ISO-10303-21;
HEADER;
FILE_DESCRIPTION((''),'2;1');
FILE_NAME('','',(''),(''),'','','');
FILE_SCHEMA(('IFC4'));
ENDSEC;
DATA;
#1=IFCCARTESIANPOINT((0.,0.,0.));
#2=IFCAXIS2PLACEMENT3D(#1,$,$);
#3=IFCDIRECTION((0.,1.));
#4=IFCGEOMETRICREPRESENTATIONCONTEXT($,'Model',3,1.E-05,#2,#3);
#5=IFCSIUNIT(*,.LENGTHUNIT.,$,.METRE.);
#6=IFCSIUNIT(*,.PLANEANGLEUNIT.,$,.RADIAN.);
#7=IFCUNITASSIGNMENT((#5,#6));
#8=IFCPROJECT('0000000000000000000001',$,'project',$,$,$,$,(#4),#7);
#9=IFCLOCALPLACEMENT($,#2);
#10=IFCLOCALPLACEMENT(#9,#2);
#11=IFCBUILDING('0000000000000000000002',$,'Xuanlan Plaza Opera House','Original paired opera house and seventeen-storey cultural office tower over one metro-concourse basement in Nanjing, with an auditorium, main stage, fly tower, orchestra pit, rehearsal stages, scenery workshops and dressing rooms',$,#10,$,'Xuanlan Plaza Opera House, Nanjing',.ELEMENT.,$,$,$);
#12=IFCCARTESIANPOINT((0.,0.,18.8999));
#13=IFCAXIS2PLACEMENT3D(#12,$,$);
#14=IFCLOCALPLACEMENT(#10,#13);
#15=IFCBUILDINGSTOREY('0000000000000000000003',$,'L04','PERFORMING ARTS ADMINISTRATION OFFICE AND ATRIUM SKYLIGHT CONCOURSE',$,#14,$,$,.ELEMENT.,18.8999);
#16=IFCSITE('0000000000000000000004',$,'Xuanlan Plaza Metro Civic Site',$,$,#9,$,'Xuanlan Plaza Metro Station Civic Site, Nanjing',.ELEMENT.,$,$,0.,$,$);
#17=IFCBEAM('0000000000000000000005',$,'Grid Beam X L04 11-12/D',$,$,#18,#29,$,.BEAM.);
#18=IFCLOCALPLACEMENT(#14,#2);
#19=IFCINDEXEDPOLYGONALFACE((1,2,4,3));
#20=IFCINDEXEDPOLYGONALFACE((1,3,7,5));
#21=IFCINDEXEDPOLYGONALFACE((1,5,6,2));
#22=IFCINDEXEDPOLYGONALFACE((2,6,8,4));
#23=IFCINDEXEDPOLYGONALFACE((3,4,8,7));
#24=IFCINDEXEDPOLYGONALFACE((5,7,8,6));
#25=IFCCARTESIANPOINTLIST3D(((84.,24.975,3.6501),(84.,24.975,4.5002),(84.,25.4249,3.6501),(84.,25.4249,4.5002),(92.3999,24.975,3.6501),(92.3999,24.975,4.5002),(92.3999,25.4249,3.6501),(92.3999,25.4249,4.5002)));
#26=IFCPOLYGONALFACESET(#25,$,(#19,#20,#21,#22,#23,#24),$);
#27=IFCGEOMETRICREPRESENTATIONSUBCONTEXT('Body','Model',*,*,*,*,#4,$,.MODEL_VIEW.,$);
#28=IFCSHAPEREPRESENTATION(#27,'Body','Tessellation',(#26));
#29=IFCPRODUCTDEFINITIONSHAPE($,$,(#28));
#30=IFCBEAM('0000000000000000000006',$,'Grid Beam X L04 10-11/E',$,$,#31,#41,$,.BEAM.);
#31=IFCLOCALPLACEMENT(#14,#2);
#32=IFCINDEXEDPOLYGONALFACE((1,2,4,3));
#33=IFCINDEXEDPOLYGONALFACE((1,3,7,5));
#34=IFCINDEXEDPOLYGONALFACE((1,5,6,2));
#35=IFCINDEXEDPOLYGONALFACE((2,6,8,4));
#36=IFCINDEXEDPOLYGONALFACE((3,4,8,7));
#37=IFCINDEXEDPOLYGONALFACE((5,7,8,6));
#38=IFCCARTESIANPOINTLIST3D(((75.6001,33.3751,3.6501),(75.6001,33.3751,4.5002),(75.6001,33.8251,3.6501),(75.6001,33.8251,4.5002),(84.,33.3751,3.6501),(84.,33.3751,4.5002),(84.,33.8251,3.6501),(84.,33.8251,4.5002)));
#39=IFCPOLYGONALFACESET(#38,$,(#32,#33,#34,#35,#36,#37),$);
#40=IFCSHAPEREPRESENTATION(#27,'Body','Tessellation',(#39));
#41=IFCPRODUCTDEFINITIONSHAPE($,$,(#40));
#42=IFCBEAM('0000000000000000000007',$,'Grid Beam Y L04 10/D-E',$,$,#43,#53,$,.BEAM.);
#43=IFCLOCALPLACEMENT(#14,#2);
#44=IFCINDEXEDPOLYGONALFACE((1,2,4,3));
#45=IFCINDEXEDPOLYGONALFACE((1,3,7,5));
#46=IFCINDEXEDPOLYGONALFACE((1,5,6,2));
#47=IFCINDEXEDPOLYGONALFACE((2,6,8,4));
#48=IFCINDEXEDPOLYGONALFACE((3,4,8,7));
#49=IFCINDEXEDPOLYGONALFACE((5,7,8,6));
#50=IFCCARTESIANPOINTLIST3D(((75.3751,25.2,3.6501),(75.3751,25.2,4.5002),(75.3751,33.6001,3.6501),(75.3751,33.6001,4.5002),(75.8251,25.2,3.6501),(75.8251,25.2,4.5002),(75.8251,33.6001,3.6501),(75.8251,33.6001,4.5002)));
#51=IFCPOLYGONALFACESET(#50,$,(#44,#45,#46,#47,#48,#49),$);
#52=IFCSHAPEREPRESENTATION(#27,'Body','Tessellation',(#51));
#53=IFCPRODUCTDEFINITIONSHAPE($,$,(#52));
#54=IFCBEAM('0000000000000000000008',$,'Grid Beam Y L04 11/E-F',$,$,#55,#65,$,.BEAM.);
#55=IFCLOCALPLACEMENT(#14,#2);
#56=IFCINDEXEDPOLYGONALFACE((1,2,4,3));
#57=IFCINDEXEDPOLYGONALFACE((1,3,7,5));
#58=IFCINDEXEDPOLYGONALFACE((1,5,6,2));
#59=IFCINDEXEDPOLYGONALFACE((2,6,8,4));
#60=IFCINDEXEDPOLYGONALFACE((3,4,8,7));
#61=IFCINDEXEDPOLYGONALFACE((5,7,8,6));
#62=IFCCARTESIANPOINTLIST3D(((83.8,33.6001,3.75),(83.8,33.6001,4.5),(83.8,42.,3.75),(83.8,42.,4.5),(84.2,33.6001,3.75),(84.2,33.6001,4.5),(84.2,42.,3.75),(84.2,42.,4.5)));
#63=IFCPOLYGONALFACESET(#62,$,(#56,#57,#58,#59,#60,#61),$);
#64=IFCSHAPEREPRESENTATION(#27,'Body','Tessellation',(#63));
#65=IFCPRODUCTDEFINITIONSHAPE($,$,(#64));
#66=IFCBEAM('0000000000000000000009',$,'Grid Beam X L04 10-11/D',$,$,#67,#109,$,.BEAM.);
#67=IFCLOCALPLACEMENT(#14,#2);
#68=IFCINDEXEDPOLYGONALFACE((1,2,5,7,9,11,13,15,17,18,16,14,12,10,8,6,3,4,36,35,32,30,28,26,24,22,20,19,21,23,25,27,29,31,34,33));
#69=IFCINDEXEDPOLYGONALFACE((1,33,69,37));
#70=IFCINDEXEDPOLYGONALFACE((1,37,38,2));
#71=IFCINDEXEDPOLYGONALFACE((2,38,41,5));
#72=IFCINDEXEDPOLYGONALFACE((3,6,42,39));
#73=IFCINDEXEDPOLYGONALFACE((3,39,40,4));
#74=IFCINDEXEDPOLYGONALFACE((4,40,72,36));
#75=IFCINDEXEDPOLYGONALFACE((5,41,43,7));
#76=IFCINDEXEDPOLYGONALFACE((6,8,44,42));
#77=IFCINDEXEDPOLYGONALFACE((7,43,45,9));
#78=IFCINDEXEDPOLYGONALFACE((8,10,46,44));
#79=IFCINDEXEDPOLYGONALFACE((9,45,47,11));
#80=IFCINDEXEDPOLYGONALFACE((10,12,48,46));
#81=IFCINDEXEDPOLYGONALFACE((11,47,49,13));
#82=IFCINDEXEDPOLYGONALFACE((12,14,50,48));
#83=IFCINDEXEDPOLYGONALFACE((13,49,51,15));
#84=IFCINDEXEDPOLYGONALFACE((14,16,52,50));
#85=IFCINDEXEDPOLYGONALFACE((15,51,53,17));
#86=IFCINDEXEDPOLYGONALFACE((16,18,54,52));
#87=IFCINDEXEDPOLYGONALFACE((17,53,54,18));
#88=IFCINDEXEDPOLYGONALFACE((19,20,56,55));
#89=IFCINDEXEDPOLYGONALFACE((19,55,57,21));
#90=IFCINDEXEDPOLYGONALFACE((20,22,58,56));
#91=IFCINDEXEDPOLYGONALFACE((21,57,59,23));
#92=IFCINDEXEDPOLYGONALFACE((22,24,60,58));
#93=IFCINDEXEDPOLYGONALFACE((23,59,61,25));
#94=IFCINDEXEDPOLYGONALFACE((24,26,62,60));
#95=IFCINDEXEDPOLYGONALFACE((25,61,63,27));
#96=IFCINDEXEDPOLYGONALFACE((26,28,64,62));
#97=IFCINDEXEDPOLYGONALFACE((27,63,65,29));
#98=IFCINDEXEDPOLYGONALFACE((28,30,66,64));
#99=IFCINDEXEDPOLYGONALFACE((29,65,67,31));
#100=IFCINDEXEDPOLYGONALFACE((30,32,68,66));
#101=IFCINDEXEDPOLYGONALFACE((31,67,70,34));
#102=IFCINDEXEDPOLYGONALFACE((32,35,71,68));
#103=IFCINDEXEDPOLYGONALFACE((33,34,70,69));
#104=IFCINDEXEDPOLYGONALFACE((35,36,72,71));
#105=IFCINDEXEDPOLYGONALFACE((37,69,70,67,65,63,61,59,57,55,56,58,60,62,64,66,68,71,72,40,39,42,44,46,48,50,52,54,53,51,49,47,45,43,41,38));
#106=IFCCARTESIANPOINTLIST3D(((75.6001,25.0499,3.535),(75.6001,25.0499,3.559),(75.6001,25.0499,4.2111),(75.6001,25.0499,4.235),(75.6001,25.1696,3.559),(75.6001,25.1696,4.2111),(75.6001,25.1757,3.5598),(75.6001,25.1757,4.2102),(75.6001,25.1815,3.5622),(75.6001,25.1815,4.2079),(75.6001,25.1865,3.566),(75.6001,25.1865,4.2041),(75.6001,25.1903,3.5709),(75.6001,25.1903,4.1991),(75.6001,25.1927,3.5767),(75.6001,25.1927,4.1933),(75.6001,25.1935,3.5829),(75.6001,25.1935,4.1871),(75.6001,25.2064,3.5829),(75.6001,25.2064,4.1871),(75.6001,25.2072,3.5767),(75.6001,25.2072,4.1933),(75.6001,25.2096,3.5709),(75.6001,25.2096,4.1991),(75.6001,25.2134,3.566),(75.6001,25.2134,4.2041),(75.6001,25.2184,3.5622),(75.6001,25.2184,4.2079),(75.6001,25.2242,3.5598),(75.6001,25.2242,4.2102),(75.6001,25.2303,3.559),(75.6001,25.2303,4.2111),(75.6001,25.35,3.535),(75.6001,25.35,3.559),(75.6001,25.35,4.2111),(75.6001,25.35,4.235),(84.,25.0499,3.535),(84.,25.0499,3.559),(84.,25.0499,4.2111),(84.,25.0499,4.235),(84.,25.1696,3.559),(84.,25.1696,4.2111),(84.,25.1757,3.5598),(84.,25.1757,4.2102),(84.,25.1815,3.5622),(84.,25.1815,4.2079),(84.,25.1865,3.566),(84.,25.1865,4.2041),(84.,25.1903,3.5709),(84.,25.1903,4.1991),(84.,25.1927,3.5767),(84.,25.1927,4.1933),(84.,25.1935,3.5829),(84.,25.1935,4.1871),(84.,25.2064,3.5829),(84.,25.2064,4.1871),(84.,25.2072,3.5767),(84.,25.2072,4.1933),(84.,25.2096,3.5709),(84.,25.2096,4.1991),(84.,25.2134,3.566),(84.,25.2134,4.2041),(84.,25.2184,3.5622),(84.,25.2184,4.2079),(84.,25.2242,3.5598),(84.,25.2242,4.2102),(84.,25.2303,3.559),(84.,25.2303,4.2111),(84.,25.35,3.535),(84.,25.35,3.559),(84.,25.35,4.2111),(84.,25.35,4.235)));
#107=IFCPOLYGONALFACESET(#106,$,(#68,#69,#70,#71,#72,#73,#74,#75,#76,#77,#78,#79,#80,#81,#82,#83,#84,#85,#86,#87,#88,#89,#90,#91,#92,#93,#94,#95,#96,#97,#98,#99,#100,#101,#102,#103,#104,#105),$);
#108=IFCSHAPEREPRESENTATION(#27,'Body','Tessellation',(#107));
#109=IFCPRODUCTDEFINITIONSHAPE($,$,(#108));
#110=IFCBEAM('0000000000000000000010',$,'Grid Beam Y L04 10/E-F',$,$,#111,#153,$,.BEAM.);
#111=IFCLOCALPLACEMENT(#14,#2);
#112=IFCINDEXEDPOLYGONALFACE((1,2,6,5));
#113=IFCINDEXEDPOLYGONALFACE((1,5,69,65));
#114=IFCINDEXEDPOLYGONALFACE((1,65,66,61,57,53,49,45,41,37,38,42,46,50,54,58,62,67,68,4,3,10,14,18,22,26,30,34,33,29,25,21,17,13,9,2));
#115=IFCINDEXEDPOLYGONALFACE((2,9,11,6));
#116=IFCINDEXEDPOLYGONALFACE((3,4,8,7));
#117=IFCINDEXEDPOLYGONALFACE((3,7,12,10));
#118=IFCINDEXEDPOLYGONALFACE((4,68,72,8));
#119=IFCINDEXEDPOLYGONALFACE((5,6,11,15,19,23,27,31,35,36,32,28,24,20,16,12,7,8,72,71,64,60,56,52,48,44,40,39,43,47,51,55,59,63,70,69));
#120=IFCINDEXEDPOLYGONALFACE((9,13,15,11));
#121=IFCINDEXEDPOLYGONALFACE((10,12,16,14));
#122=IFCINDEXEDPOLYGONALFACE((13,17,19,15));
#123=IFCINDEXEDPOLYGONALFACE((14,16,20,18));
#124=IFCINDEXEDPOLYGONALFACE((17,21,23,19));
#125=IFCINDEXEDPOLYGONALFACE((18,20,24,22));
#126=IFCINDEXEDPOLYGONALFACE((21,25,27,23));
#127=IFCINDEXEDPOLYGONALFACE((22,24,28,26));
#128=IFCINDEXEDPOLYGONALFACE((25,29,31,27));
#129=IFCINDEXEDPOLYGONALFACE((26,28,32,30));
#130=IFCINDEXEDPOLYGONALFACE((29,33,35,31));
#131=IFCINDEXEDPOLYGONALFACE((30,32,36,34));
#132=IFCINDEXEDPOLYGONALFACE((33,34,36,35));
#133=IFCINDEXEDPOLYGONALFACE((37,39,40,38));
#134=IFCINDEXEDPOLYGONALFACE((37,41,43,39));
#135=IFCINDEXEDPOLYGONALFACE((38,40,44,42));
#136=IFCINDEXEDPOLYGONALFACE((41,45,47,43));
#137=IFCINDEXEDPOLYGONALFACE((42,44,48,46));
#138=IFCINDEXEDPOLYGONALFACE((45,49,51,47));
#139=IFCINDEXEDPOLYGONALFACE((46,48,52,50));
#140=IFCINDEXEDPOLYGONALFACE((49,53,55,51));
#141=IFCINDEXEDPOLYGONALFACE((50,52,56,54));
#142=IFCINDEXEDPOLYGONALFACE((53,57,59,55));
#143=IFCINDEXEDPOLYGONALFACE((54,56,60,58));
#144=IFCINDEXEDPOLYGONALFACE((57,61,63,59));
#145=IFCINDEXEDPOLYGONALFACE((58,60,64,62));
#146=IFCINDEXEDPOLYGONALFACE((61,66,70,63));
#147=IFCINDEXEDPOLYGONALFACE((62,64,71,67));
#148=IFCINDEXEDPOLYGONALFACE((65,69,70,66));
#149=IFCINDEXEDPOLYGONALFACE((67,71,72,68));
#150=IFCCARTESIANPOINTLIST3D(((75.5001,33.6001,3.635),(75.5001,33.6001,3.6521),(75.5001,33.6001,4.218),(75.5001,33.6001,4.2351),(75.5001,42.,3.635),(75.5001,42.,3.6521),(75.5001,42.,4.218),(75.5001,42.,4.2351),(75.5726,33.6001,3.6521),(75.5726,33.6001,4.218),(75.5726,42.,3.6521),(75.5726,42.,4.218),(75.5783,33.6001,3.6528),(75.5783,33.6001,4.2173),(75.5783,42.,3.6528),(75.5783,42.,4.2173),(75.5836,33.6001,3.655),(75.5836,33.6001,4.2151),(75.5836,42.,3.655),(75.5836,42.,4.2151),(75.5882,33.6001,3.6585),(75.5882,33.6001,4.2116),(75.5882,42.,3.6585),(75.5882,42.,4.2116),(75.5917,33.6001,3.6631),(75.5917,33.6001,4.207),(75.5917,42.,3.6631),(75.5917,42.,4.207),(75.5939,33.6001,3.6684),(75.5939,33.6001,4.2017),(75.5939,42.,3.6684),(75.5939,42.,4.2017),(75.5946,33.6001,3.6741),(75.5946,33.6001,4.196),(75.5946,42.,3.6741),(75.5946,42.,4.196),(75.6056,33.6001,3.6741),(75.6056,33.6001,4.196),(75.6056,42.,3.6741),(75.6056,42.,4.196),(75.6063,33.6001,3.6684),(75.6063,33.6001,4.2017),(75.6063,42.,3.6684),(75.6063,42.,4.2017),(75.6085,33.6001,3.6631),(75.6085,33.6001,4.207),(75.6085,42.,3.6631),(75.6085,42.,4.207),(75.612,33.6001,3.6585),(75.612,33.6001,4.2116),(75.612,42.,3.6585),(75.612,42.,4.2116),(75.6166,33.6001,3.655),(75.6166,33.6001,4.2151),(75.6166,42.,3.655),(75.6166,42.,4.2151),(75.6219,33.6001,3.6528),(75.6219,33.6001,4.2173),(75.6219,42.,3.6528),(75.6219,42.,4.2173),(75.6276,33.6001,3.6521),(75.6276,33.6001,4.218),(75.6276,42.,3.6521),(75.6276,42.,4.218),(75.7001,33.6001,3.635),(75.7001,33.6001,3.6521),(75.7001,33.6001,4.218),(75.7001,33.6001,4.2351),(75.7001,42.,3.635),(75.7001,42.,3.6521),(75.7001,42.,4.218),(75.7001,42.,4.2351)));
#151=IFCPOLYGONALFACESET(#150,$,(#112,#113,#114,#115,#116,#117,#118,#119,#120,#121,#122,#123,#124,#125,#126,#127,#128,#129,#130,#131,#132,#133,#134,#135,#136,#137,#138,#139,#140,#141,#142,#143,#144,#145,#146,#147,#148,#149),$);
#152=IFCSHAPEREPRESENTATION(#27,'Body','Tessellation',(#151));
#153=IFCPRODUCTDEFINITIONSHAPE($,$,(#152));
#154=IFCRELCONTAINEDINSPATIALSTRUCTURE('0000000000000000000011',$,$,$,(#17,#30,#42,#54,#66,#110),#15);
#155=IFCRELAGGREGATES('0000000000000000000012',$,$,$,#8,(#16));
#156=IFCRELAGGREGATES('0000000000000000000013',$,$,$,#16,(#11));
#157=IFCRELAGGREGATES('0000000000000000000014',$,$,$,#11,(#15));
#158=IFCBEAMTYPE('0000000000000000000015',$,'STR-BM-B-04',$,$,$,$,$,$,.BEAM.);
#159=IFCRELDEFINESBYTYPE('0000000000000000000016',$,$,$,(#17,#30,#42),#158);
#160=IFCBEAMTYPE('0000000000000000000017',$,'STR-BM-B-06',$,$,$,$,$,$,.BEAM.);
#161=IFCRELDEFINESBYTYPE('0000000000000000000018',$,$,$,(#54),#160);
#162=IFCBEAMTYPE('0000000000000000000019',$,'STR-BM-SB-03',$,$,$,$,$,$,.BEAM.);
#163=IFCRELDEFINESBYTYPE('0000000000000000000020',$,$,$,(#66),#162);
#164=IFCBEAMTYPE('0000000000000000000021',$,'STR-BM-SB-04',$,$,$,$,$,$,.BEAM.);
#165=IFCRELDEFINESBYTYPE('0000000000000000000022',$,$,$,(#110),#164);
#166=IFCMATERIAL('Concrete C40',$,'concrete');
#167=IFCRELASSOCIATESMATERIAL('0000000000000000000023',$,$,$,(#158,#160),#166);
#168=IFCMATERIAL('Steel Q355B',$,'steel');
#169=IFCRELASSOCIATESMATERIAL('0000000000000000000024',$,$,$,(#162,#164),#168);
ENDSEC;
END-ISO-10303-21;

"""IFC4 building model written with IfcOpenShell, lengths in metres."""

from ifc_helpers import new_model, si_unit, direction, frame, origin, origin_2d, place, context, subcontext, project, spatial, rectangle, i_section, extrude, material, material_profile, profile_set, type_object, element, save


model = new_model("IFC4")

# Units and contexts
model_context = context("Model", 3, precision=1e-05, world=origin(), true_north=direction((0.0, 1.0)))
body_context = subcontext(model_context, "Body", "Model", "MODEL_VIEW")
ifc_project = project(units=[si_unit("LENGTHUNIT", "METRE"), si_unit("PLANEANGLEUNIT", "RADIAN")], contexts=[model_context])

# Site, building, storey
site_placement = place(None, origin())
site = spatial("IfcSite", under=ifc_project, at=site_placement, Name="Xuanlan Plaza Metro Civic Site", LongName="Xuanlan Plaza Metro Station Civic Site, Nanjing", CompositionType="ELEMENT", RefElevation=0.0)
building_placement = place(site_placement, origin())
building = spatial("IfcBuilding", under=site, at=building_placement, Name="Xuanlan Plaza Opera House", Description="Original paired opera house and seventeen-storey cultural office tower over one metro-concourse basement in Nanjing, with an auditorium, main stage, fly tower, orchestra pit, rehearsal stages, scenery workshops and dressing rooms", LongName="Xuanlan Plaza Opera House, Nanjing", CompositionType="ELEMENT")
storey_placement = place(building_placement, frame((0.0, 0.0, 18.8999)))
storey = spatial("IfcBuildingStorey", under=building, at=storey_placement, Name="L04", Description="PERFORMING ARTS ADMINISTRATION OFFICE AND ATRIUM SKYLIGHT CONCOURSE", CompositionType="ELEMENT", Elevation=18.8999)

# Shared definitions
ifc_material_1 = material(Name="Concrete C40", Category="concrete")

# Beams
ifc_material_profile_1 = material_profile(ifc_material_1, rectangle(XDim=0.45, YDim=0.8501, at=origin_2d()), Name="RC-BM 450x850")
ifc_profile_set_1 = profile_set([ifc_material_profile_1], Name="Concrete C40")
beam_type_1 = type_object("IfcBeamType", Name="STR-BM-B-04", PredefinedType="BEAM", material=ifc_profile_set_1)
for number, where, z_axis, x_axis, name in (
    (1, (84.0, 25.2, 4.0752), (1.0, 0.0, 0.0), (0.0, 1.0, 0.0), "Grid Beam X L04 11-12/D"),
    (2, (75.6001, 33.6001, 4.0752), (1.0, 0.0, 0.0), (0.0, 1.0, 0.0), "Grid Beam X L04 10-11/E"),
):
    element("IfcBeam", number, at=place(storey_placement, frame(where, z_axis=z_axis, x_axis=x_axis)), inside=storey, type_object=beam_type_1, Name=name, PredefinedType="BEAM", context=body_context, shape_type="SweptSolid", body=[
        extrude(rectangle(XDim=0.45, YDim=0.8501, at=origin_2d()), origin(), (0.0, 0.0, 1.0), 8.3999),
    ])
beam_1_placement = place(storey_placement, frame((75.6001, 25.2, 4.0752), z_axis=(0.0, 1.0, 0.0), x_axis=(-1.0, 0.0, 0.0)))
element("IfcBeam", 3, at=beam_1_placement, inside=storey, type_object=beam_type_1, Name="Grid Beam Y L04 10/D-E", PredefinedType="BEAM", context=body_context, shape_type="SweptSolid", body=[
    extrude(rectangle(XDim=0.45, YDim=0.8501, at=origin_2d()), origin(), (0.0, 0.0, 1.0), 8.4001),
])
ifc_material_profile_2 = material_profile(ifc_material_1, rectangle(XDim=0.3999, YDim=0.75, at=origin_2d()), Name="RC-BM 400x750")
ifc_profile_set_2 = profile_set([ifc_material_profile_2], Name="Concrete C40")
beam_type_2 = type_object("IfcBeamType", Name="STR-BM-B-06", PredefinedType="BEAM", material=ifc_profile_set_2)
beam_2_placement = place(storey_placement, frame((84.0, 33.6001, 4.125), z_axis=(0.0, 1.0, 0.0), x_axis=(-1.0, 0.0, 0.0)))
element("IfcBeam", 4, at=beam_2_placement, inside=storey, type_object=beam_type_2, Name="Grid Beam Y L04 11/E-F", PredefinedType="BEAM", context=body_context, shape_type="SweptSolid", body=[
    extrude(rectangle(XDim=0.3999, YDim=0.75, at=origin_2d()), origin(), (0.0, 0.0, 1.0), 8.3999),
])
ifc_material_2 = material(Name="Steel Q355B", Category="steel")
ifc_material_profile_3 = material_profile(ifc_material_2, i_section(OverallWidth=0.3, OverallDepth=0.7, WebThickness=0.0129, FlangeThickness=0.0239, FilletRadius=0.0239, at=origin_2d()), Name="HN 700x300x13x24")
ifc_profile_set_3 = profile_set([ifc_material_profile_3], Name="Steel Q355B")
beam_type_3 = type_object("IfcBeamType", Name="STR-BM-SB-03", PredefinedType="BEAM", material=ifc_profile_set_3)
beam_3_placement = place(storey_placement, frame((75.6001, 25.2, 3.885), z_axis=(1.0, 0.0, 0.0), x_axis=(0.0, 1.0, 0.0)))
element("IfcBeam", 5, at=beam_3_placement, inside=storey, type_object=beam_type_3, Name="Grid Beam X L04 10-11/D", PredefinedType="BEAM", context=body_context, shape_type="SweptSolid", body=[
    extrude(i_section(OverallWidth=0.3, OverallDepth=0.7, WebThickness=0.0129, FlangeThickness=0.0239, FilletRadius=0.0239, at=origin_2d()), origin(), (0.0, 0.0, 1.0), 8.3999),
])
ifc_material_profile_4 = material_profile(ifc_material_2, i_section(OverallWidth=0.2, OverallDepth=0.6001, WebThickness=0.011, FlangeThickness=0.0171, FilletRadius=0.022, at=origin_2d()), Name="HN 600x200x11x17")
ifc_profile_set_4 = profile_set([ifc_material_profile_4], Name="Steel Q355B")
beam_type_4 = type_object("IfcBeamType", Name="STR-BM-SB-04", PredefinedType="BEAM", material=ifc_profile_set_4)
beam_4_placement = place(storey_placement, frame((75.6001, 33.6001, 3.9351), z_axis=(0.0, 1.0, 0.0), x_axis=(-1.0, 0.0, 0.0)))
element("IfcBeam", 6, at=beam_4_placement, inside=storey, type_object=beam_type_4, Name="Grid Beam Y L04 10/E-F", PredefinedType="BEAM", context=body_context, shape_type="SweptSolid", body=[
    extrude(i_section(OverallWidth=0.2, OverallDepth=0.6001, WebThickness=0.011, FlangeThickness=0.0171, FilletRadius=0.022, at=origin_2d()), origin(), (0.0, 0.0, 1.0), 8.3999),
])

save(model, "model.ifc")
